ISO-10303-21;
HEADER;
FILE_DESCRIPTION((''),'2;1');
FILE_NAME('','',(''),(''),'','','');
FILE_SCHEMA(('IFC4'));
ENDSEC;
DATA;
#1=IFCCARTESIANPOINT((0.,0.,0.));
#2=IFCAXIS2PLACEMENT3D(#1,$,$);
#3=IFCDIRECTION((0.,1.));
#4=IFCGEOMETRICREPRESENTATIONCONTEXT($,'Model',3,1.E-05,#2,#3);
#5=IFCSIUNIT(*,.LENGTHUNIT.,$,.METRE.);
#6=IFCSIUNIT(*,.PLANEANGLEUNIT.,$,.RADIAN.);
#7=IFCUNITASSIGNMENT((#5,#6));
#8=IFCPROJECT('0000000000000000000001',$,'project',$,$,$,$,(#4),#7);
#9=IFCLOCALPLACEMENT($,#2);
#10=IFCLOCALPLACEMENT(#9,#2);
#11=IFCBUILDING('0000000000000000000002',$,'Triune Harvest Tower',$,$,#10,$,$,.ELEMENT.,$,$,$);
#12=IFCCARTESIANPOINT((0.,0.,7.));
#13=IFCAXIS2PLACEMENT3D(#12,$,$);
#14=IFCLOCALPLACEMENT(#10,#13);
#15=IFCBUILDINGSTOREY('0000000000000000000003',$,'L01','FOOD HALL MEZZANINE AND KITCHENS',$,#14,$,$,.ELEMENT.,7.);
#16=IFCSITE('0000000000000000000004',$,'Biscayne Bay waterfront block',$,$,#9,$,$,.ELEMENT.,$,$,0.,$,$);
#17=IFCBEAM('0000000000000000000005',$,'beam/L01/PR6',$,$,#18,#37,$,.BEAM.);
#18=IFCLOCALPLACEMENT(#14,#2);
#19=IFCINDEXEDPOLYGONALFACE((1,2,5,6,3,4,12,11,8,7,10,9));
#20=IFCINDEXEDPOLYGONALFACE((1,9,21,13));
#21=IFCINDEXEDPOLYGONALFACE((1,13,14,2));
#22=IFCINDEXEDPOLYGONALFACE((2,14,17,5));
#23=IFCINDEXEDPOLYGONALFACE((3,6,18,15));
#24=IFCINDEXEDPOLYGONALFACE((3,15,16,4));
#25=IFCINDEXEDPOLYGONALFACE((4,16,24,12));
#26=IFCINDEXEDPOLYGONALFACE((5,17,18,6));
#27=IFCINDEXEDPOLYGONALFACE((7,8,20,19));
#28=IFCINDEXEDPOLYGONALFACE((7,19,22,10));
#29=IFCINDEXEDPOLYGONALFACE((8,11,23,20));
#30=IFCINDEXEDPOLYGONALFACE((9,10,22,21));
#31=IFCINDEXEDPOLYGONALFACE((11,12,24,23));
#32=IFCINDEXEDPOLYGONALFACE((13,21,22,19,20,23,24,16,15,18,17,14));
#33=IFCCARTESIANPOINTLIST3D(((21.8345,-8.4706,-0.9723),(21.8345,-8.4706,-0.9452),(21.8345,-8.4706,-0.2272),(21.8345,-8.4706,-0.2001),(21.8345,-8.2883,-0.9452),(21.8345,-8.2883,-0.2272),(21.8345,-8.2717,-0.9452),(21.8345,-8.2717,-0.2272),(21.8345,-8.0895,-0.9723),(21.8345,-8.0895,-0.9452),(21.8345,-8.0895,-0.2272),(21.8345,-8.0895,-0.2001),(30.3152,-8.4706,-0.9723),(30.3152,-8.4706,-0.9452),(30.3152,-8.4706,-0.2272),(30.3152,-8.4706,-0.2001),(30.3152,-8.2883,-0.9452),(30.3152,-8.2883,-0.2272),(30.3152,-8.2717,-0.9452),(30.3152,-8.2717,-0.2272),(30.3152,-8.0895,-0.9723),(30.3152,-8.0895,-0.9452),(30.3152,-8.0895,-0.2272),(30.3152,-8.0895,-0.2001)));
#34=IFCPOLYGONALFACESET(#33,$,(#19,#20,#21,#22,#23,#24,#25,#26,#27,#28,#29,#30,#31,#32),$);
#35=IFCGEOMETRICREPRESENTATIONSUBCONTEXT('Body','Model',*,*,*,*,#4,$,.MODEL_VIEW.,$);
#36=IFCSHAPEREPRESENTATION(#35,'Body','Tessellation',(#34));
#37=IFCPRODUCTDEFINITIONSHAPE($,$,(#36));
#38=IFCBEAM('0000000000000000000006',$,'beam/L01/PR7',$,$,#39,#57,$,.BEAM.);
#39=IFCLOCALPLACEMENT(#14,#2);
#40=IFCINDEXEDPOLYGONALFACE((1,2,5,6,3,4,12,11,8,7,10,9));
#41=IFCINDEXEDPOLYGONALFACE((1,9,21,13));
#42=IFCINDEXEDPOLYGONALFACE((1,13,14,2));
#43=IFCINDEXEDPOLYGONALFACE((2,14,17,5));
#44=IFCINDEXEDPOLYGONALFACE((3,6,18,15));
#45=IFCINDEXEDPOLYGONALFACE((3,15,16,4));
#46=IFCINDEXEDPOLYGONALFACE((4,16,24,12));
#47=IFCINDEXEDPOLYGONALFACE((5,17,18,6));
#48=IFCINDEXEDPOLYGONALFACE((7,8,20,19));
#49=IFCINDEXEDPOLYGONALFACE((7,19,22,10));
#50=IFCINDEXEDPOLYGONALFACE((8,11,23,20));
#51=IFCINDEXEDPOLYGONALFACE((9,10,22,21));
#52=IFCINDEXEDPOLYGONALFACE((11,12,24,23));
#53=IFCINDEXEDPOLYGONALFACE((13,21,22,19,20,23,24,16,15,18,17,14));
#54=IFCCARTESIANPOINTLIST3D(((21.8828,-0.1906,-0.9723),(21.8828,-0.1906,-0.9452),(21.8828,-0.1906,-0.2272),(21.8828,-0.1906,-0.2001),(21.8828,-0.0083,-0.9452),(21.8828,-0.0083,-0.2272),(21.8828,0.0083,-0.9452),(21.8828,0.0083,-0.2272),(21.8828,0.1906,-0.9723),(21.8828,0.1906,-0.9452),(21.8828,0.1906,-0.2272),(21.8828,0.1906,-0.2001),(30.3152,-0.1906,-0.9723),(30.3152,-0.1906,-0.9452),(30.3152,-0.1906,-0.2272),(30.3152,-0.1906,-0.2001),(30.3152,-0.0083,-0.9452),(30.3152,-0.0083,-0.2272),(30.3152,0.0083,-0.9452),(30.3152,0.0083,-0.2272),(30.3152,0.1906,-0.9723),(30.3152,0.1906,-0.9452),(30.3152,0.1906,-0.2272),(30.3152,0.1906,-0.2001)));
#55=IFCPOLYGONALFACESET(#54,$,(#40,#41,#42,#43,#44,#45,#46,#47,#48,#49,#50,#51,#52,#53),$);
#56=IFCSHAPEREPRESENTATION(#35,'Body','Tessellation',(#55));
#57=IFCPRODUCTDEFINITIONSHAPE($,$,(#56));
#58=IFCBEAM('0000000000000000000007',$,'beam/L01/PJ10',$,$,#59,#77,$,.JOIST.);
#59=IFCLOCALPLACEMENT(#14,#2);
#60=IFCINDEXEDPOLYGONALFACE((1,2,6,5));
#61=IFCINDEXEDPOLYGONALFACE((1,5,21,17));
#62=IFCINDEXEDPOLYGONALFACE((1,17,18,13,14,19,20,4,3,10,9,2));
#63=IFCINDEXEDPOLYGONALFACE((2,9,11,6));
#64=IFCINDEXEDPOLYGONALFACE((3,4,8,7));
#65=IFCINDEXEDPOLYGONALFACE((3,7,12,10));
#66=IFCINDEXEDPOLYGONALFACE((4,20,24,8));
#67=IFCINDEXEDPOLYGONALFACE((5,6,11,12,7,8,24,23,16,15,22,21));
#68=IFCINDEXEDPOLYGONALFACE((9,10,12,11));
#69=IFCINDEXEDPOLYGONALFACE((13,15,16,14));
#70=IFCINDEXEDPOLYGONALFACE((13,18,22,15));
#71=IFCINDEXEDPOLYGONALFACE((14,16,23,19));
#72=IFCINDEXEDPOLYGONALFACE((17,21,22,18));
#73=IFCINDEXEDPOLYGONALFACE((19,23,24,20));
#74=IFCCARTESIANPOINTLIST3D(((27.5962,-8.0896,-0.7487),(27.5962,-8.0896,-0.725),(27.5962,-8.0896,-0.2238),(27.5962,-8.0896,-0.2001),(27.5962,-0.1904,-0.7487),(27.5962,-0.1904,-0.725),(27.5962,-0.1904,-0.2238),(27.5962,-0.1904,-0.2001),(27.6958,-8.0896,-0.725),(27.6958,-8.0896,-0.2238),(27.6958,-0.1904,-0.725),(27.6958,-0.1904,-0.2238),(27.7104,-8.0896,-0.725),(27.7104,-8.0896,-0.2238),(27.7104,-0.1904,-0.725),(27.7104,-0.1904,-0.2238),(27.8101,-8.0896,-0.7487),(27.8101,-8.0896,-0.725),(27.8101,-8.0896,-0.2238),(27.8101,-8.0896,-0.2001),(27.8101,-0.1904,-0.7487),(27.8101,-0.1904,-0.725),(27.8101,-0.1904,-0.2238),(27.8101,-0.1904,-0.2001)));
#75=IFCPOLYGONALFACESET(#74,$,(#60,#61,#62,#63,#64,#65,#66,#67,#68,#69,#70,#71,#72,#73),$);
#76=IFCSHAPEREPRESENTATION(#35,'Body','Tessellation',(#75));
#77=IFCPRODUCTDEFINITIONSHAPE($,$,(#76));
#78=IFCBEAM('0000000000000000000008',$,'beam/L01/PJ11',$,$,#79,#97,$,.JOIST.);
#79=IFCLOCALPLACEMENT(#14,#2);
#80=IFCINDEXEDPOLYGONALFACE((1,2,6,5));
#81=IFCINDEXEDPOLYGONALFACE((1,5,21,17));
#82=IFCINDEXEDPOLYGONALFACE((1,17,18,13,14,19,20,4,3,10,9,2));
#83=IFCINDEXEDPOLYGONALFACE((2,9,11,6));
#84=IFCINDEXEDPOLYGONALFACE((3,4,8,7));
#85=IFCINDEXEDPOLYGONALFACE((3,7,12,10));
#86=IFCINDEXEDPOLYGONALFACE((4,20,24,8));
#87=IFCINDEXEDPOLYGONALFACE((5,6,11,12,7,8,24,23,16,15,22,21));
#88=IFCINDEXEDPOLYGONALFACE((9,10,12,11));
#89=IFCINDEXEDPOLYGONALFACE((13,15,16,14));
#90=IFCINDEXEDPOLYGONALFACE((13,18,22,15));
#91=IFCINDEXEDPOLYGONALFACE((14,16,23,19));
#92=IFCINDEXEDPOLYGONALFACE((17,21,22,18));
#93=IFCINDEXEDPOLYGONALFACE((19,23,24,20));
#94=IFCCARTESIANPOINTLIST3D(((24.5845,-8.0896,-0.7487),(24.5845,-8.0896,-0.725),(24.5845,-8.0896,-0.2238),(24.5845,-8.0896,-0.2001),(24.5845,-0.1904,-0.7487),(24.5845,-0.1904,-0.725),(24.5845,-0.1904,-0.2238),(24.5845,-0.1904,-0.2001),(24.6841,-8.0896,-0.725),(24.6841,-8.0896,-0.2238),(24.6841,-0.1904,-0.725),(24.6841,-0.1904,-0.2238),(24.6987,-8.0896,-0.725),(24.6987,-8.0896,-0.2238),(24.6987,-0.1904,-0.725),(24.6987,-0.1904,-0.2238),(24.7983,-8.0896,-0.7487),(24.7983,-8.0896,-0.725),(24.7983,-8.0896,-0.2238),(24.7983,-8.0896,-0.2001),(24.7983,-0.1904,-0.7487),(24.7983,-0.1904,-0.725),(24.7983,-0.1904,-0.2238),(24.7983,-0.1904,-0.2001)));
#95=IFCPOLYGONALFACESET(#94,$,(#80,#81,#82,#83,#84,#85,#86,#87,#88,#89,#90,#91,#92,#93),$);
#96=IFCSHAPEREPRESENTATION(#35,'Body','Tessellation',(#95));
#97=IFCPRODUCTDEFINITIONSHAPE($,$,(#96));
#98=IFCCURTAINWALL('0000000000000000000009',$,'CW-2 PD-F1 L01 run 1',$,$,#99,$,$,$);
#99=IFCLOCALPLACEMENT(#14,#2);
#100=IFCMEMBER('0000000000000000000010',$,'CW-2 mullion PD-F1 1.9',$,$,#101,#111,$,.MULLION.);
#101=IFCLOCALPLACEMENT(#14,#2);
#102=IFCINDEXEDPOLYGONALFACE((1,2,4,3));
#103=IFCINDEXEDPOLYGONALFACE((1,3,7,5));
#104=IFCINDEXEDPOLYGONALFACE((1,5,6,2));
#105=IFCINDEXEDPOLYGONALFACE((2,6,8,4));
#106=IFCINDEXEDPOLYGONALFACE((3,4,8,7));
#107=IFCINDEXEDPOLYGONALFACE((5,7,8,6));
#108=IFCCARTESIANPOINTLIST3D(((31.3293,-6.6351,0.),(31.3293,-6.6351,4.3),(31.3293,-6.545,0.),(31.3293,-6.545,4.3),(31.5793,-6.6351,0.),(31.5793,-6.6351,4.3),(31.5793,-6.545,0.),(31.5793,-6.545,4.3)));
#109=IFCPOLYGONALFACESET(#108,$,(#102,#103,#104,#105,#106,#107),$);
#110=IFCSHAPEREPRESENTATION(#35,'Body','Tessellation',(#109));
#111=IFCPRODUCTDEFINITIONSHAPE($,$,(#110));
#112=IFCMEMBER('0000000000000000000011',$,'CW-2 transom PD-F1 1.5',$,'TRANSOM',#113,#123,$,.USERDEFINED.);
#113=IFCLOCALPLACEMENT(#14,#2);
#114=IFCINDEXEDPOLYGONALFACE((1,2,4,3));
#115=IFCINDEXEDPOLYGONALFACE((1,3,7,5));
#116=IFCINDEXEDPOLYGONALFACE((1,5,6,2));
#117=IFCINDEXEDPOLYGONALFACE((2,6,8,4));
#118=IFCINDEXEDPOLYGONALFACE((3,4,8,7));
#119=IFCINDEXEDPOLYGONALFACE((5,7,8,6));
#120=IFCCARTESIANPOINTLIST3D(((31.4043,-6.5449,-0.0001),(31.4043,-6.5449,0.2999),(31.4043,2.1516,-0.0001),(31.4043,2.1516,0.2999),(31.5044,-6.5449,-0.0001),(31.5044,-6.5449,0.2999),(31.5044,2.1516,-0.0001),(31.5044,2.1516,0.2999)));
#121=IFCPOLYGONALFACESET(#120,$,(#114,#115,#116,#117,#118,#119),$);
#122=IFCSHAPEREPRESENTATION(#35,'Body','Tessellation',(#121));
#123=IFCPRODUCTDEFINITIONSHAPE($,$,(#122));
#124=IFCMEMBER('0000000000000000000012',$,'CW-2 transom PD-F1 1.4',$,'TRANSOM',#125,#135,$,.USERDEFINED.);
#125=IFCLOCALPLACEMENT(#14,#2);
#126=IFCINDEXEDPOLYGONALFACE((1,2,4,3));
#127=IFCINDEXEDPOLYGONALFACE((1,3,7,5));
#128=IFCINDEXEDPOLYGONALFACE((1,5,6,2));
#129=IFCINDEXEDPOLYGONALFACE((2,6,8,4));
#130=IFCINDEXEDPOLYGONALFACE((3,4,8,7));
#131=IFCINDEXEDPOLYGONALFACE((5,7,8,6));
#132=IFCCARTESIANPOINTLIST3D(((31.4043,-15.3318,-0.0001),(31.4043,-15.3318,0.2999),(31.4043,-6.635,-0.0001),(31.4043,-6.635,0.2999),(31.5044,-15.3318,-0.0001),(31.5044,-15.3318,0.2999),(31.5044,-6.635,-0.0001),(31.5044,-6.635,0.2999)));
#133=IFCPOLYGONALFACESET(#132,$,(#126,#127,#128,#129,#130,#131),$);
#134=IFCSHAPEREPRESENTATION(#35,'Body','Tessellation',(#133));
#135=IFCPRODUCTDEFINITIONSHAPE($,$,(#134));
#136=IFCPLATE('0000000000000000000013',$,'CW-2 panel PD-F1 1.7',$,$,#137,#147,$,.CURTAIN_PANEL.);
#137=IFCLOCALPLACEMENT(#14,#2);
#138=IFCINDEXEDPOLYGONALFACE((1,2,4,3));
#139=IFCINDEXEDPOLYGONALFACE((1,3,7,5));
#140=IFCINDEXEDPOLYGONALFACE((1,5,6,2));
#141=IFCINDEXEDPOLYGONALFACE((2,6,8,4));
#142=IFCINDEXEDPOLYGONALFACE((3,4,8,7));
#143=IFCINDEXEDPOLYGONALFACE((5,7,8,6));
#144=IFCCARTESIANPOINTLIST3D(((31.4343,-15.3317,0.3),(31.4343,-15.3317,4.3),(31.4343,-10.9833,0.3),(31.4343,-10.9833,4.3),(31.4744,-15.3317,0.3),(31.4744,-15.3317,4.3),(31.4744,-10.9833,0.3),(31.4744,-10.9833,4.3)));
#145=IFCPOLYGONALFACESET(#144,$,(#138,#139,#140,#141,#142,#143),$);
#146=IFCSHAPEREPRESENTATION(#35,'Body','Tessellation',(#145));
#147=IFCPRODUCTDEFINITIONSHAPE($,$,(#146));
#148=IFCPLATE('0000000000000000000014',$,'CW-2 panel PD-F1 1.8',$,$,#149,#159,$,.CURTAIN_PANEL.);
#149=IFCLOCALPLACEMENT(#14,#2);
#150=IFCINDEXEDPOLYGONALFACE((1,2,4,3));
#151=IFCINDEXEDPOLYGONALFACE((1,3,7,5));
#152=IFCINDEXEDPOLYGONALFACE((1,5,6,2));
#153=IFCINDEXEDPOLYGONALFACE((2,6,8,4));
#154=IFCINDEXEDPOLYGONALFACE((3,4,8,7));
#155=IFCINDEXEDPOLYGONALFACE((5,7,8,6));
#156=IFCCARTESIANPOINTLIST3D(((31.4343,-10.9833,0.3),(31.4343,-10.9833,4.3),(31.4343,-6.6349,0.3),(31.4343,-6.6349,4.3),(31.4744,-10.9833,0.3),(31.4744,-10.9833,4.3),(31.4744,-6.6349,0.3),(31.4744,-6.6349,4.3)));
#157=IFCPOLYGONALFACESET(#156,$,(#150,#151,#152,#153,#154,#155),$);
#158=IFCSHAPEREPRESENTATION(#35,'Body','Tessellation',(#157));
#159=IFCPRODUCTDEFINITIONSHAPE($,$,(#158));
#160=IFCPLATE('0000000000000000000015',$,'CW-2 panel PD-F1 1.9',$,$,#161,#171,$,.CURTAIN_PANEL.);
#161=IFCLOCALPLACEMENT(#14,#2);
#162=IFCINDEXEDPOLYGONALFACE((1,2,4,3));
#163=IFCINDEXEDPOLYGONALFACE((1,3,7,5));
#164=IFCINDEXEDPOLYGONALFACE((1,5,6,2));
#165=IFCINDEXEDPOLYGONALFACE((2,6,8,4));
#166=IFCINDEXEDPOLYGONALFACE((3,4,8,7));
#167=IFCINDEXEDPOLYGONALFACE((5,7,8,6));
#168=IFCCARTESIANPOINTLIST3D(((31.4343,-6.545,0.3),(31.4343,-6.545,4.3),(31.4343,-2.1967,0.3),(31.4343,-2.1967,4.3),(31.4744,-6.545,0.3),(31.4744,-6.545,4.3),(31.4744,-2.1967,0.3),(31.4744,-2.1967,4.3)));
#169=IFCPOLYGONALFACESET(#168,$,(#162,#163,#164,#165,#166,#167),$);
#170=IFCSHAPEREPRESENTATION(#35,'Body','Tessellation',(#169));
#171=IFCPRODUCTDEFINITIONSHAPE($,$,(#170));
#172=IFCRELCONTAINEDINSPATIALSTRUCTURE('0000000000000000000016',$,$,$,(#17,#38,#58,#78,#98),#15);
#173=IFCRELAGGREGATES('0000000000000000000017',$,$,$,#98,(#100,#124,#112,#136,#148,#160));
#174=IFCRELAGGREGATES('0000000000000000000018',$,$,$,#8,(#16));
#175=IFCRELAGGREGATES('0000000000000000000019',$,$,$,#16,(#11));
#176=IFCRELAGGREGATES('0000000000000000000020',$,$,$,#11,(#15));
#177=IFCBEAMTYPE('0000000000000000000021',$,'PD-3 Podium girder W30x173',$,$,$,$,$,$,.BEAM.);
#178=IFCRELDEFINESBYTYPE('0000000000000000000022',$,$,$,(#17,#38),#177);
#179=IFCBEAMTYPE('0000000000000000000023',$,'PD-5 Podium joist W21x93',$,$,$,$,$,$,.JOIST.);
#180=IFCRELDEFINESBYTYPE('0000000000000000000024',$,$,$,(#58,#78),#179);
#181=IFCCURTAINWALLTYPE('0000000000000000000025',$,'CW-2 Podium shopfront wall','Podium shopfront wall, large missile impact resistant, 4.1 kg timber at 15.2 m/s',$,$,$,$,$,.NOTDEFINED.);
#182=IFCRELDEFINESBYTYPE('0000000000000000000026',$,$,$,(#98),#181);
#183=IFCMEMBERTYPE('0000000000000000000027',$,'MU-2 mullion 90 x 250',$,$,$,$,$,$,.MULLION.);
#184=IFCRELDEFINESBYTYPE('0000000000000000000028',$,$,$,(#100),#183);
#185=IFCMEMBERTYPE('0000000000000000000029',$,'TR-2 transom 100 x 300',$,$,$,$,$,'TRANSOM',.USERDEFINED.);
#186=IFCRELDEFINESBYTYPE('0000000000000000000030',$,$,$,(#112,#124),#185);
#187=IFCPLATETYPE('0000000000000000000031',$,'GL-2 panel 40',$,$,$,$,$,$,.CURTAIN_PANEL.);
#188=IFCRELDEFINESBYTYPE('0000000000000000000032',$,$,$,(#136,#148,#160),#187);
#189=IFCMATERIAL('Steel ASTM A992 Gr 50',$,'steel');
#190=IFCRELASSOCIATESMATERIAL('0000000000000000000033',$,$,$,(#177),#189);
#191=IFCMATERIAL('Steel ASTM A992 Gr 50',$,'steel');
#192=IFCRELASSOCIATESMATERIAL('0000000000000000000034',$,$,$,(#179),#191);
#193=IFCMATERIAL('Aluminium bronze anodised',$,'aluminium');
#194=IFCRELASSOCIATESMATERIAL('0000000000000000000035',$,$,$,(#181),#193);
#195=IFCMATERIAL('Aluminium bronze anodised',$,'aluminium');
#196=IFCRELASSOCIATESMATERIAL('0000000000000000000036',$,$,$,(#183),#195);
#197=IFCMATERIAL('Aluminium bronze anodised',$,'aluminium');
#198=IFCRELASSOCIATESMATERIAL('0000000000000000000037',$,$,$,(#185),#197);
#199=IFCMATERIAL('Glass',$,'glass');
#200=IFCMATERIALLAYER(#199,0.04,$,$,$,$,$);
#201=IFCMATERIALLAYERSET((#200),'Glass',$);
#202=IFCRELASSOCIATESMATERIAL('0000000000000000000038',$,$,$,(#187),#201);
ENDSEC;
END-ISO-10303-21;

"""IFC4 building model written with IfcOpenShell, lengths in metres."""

from ifc_helpers import new_model, si_unit, direction, frame, origin, origin_2d, place, context, subcontext, project, spatial, rectangle, i_section, extrude, source, transform, mapped, material, layer, layer_set, material_profile, profile_set, type_object, element, aggregate, save


model = new_model("IFC4")

# Units and contexts
model_context = context("Model", 3, precision=1e-05, world=origin(), true_north=direction((0.0, 1.0)))
body_context = subcontext(model_context, "Body", "Model", "MODEL_VIEW")
ifc_project = project(units=[si_unit("LENGTHUNIT", "METRE"), si_unit("PLANEANGLEUNIT", "RADIAN")], contexts=[model_context])

# Site, building, storey
site_placement = place(None, origin())
site = spatial("IfcSite", under=ifc_project, at=site_placement, Name="Biscayne Bay waterfront block", CompositionType="ELEMENT", RefElevation=0.0)
building_placement = place(site_placement, origin())
building = spatial("IfcBuilding", under=site, at=building_placement, Name="Triune Harvest Tower", CompositionType="ELEMENT")
storey_placement = place(building_placement, frame((0.0, 0.0, 7.0)))
storey = spatial("IfcBuildingStorey", under=building, at=storey_placement, Name="L01", Description="FOOD HALL MEZZANINE AND KITCHENS", CompositionType="ELEMENT", Elevation=7.0)

# Beams
ifc_material_1 = material(Name="Steel ASTM A992 Gr 50", Category="steel")
ifc_material_profile_1 = material_profile(ifc_material_1, i_section(OverallWidth=0.3811, OverallDepth=0.7722, WebThickness=0.0166, FlangeThickness=0.0271, at=origin_2d()), Name="W30x173")
ifc_profile_set_1 = profile_set([ifc_material_profile_1], Name="Steel ASTM A992 Gr 50")
beam_type_1 = type_object("IfcBeamType", Name="PD-3 Podium girder W30x173", PredefinedType="BEAM", material=ifc_profile_set_1)
shared_shape_1 = source(origin(), body_context, "Body", "SweptSolid", [
    extrude(i_section(OverallWidth=0.3811, OverallDepth=0.7722, WebThickness=0.0166, FlangeThickness=0.0271, at=origin_2d()), origin(), (0.0, 0.0, 1.0), 8.4807),
])
beam_1_placement = place(storey_placement, frame((30.3152, -8.28, -0.5862), z_axis=(-1.0, 0.0, 0.0), x_axis=(0.0, -1.0, 0.0)))
element("IfcBeam", 1, at=beam_1_placement, inside=storey, type_object=beam_type_1, Name="beam/L01/PR6", PredefinedType="BEAM", context=body_context, shape_type="MappedRepresentation", body=[
    mapped(shared_shape_1, transform((0.0, 0.0, 0.0), scale=1.0)),
])
shared_shape_2 = source(origin(), body_context, "Body", "SweptSolid", [
    extrude(i_section(OverallWidth=0.3811, OverallDepth=0.7722, WebThickness=0.0166, FlangeThickness=0.0271, at=origin_2d()), origin(), (0.0, 0.0, 1.0), 8.4324),
])
beam_2_placement = place(storey_placement, frame((30.3152, 0.0, -0.5862), z_axis=(-1.0, 0.0, 0.0), x_axis=(0.0, -1.0, 0.0)))
element("IfcBeam", 2, at=beam_2_placement, inside=storey, type_object=beam_type_1, Name="beam/L01/PR7", PredefinedType="BEAM", context=body_context, shape_type="MappedRepresentation", body=[
    mapped(shared_shape_2, transform((0.0, 0.0, 0.0), scale=1.0)),
])
ifc_material_2 = material(Name="Steel ASTM A992 Gr 50", Category="steel")
ifc_material_profile_2 = material_profile(ifc_material_2, i_section(OverallWidth=0.2139, OverallDepth=0.5486, WebThickness=0.0146, FlangeThickness=0.0237, at=origin_2d()), Name="W21x93")
ifc_profile_set_2 = profile_set([ifc_material_profile_2], Name="Steel ASTM A992 Gr 50")
beam_type_2 = type_object("IfcBeamType", Name="PD-5 Podium joist W21x93", PredefinedType="JOIST", material=ifc_profile_set_2)
shared_shape_3 = source(origin(), body_context, "Body", "SweptSolid", [
    extrude(i_section(OverallWidth=0.2139, OverallDepth=0.5486, WebThickness=0.0146, FlangeThickness=0.0237, at=origin_2d()), origin(), (0.0, 0.0, 1.0), 7.8992),
])
for number, where, z_axis, x_axis, name in (
    (3, (27.7031, -8.0896, -0.4744), (0.0, 1.0, 0.0), (-1.0, 0.0, 0.0), "beam/L01/PJ10"),
    (4, (24.6914, -8.0896, -0.4744), (0.0, 1.0, 0.0), (-1.0, 0.0, 0.0), "beam/L01/PJ11"),
):
    element("IfcBeam", number, at=place(storey_placement, frame(where, z_axis=z_axis, x_axis=x_axis)), inside=storey, type_object=beam_type_2, Name=name, PredefinedType="JOIST", context=body_context, shape_type="MappedRepresentation", body=[
        mapped(shared_shape_3, transform((0.0, 0.0, 0.0), scale=1.0)),
    ])

# Curtain wall, members, plates
ifc_material_3 = material(Name="Aluminium bronze anodised", Category="aluminium")
curtain_wall_type = type_object("IfcCurtainWallType", Name="CW-2 Podium shopfront wall", Description="Podium shopfront wall, large missile impact resistant, 4.1 kg timber at 15.2 m/s", PredefinedType="NOTDEFINED", material=ifc_material_3)
curtain_wall_placement = place(storey_placement, origin())
curtain_wall = element("IfcCurtainWall", 5, at=curtain_wall_placement, inside=storey, type_object=curtain_wall_type, Name="CW-2 PD-F1 L01 run 1")
ifc_material_4 = material(Name="Aluminium bronze anodised", Category="aluminium")
ifc_material_profile_3 = material_profile(ifc_material_4, rectangle(XDim=0.25, YDim=0.0901, at=origin_2d()), Name="MU-2 mullion 90 x 250")
ifc_profile_set_3 = profile_set([ifc_material_profile_3], Name="Aluminium bronze anodised")
member_type_1 = type_object("IfcMemberType", Name="MU-2 mullion 90 x 250", PredefinedType="MULLION", material=ifc_profile_set_3)
shared_shape_4 = source(origin(), body_context, "Body", "SweptSolid", [
    extrude(rectangle(XDim=0.25, YDim=0.0901, at=origin_2d()), origin(), (0.0, 0.0, 1.0), 4.3),
])
member_1_placement = place(storey_placement, frame((31.4543, -6.5901, 0.0), z_axis=(0.0, 0.0, 1.0), x_axis=(-1.0, 0.0, 0.0)))
member_1 = element("IfcMember", 6, at=member_1_placement, type_object=member_type_1, Name="CW-2 mullion PD-F1 1.9", PredefinedType="MULLION", context=body_context, shape_type="MappedRepresentation", body=[
    mapped(shared_shape_4, transform((0.0, 0.0, 0.0), scale=1.0)),
])
ifc_material_5 = material(Name="Aluminium bronze anodised", Category="aluminium")
ifc_material_profile_4 = material_profile(ifc_material_5, rectangle(XDim=0.1001, YDim=0.3, at=origin_2d()), Name="TR-2 transom 100 x 300")
ifc_profile_set_4 = profile_set([ifc_material_profile_4], Name="Aluminium bronze anodised")
member_type_2 = type_object("IfcMemberType", Name="TR-2 transom 100 x 300", ElementType="TRANSOM", PredefinedType="USERDEFINED", material=ifc_profile_set_4)
shared_shape_5 = source(origin(), body_context, "Body", "SweptSolid", [
    extrude(rectangle(XDim=0.1001, YDim=0.3, at=origin_2d()), origin(), (0.0, 0.0, 1.0), 8.6965),
])
member_2_placement = place(storey_placement, frame((31.4543, -6.5449, 0.1499), z_axis=(0.0, 1.0, 0.0), x_axis=(-1.0, 0.0, 0.0)))
member_2 = element("IfcMember", 7, at=member_2_placement, type_object=member_type_2, Name="CW-2 transom PD-F1 1.5", ObjectType="TRANSOM", PredefinedType="USERDEFINED", context=body_context, shape_type="MappedRepresentation", body=[
    mapped(shared_shape_5, transform((0.0, 0.0, 0.0), scale=1.0)),
])
shared_shape_6 = source(origin(), body_context, "Body", "SweptSolid", [
    extrude(rectangle(XDim=0.1001, YDim=0.3, at=origin_2d()), origin(), (0.0, 0.0, 1.0), 8.6968),
])
member_3_placement = place(storey_placement, frame((31.4543, -15.3318, 0.1499), z_axis=(0.0, 1.0, 0.0), x_axis=(-1.0, 0.0, 0.0)))
member_3 = element("IfcMember", 8, at=member_3_placement, type_object=member_type_2, Name="CW-2 transom PD-F1 1.4", ObjectType="TRANSOM", PredefinedType="USERDEFINED", context=body_context, shape_type="MappedRepresentation", body=[
    mapped(shared_shape_6, transform((0.0, 0.0, 0.0), scale=1.0)),
])
ifc_material_6 = material(Name="Glass", Category="glass")
ifc_layer_1 = layer(ifc_material_6, 0.04)
ifc_layer_set_1 = layer_set([ifc_layer_1], Name="Glass")
plate_type = type_object("IfcPlateType", Name="GL-2 panel 40", PredefinedType="CURTAIN_PANEL", material=ifc_layer_set_1)
shared_shape_7 = source(origin(), body_context, "Body", "SweptSolid", [
    extrude(rectangle(XDim=4.3484, YDim=0.04, at=origin_2d()), origin(), (0.0, 0.0, 1.0), 4.0),
])
plate_1_placement = place(storey_placement, frame((31.4543, -13.1575, 0.3), z_axis=(0.0, 0.0, 1.0), x_axis=(0.0, 1.0, 0.0)))
plate_1 = element("IfcPlate", 9, at=plate_1_placement, type_object=plate_type, Name="CW-2 panel PD-F1 1.7", PredefinedType="CURTAIN_PANEL", context=body_context, shape_type="MappedRepresentation", body=[
    mapped(shared_shape_7, transform((0.0, 0.0, 0.0), scale=1.0)),
])
plate_2_placement = place(storey_placement, frame((31.4543, -8.8091, 0.3), z_axis=(0.0, 0.0, 1.0), x_axis=(0.0, 1.0, 0.0)))
plate_2 = element("IfcPlate", 10, at=plate_2_placement, type_object=plate_type, Name="CW-2 panel PD-F1 1.8", PredefinedType="CURTAIN_PANEL", context=body_context, shape_type="MappedRepresentation", body=[
    mapped(shared_shape_7, transform((0.0, 0.0, 0.0), scale=1.0)),
])
plate_3_placement = place(storey_placement, frame((31.4543, -4.3708, 0.3), z_axis=(0.0, 0.0, 1.0), x_axis=(0.0, 1.0, 0.0)))
plate_3 = element("IfcPlate", 11, at=plate_3_placement, type_object=plate_type, Name="CW-2 panel PD-F1 1.9", PredefinedType="CURTAIN_PANEL", context=body_context, shape_type="MappedRepresentation", body=[
    mapped(shared_shape_7, transform((0.0, 0.0, 0.0), scale=1.0)),
])
aggregate(curtain_wall, [member_1, member_3, member_2, plate_1, plate_2, plate_3])

save(model, "model.ifc")
